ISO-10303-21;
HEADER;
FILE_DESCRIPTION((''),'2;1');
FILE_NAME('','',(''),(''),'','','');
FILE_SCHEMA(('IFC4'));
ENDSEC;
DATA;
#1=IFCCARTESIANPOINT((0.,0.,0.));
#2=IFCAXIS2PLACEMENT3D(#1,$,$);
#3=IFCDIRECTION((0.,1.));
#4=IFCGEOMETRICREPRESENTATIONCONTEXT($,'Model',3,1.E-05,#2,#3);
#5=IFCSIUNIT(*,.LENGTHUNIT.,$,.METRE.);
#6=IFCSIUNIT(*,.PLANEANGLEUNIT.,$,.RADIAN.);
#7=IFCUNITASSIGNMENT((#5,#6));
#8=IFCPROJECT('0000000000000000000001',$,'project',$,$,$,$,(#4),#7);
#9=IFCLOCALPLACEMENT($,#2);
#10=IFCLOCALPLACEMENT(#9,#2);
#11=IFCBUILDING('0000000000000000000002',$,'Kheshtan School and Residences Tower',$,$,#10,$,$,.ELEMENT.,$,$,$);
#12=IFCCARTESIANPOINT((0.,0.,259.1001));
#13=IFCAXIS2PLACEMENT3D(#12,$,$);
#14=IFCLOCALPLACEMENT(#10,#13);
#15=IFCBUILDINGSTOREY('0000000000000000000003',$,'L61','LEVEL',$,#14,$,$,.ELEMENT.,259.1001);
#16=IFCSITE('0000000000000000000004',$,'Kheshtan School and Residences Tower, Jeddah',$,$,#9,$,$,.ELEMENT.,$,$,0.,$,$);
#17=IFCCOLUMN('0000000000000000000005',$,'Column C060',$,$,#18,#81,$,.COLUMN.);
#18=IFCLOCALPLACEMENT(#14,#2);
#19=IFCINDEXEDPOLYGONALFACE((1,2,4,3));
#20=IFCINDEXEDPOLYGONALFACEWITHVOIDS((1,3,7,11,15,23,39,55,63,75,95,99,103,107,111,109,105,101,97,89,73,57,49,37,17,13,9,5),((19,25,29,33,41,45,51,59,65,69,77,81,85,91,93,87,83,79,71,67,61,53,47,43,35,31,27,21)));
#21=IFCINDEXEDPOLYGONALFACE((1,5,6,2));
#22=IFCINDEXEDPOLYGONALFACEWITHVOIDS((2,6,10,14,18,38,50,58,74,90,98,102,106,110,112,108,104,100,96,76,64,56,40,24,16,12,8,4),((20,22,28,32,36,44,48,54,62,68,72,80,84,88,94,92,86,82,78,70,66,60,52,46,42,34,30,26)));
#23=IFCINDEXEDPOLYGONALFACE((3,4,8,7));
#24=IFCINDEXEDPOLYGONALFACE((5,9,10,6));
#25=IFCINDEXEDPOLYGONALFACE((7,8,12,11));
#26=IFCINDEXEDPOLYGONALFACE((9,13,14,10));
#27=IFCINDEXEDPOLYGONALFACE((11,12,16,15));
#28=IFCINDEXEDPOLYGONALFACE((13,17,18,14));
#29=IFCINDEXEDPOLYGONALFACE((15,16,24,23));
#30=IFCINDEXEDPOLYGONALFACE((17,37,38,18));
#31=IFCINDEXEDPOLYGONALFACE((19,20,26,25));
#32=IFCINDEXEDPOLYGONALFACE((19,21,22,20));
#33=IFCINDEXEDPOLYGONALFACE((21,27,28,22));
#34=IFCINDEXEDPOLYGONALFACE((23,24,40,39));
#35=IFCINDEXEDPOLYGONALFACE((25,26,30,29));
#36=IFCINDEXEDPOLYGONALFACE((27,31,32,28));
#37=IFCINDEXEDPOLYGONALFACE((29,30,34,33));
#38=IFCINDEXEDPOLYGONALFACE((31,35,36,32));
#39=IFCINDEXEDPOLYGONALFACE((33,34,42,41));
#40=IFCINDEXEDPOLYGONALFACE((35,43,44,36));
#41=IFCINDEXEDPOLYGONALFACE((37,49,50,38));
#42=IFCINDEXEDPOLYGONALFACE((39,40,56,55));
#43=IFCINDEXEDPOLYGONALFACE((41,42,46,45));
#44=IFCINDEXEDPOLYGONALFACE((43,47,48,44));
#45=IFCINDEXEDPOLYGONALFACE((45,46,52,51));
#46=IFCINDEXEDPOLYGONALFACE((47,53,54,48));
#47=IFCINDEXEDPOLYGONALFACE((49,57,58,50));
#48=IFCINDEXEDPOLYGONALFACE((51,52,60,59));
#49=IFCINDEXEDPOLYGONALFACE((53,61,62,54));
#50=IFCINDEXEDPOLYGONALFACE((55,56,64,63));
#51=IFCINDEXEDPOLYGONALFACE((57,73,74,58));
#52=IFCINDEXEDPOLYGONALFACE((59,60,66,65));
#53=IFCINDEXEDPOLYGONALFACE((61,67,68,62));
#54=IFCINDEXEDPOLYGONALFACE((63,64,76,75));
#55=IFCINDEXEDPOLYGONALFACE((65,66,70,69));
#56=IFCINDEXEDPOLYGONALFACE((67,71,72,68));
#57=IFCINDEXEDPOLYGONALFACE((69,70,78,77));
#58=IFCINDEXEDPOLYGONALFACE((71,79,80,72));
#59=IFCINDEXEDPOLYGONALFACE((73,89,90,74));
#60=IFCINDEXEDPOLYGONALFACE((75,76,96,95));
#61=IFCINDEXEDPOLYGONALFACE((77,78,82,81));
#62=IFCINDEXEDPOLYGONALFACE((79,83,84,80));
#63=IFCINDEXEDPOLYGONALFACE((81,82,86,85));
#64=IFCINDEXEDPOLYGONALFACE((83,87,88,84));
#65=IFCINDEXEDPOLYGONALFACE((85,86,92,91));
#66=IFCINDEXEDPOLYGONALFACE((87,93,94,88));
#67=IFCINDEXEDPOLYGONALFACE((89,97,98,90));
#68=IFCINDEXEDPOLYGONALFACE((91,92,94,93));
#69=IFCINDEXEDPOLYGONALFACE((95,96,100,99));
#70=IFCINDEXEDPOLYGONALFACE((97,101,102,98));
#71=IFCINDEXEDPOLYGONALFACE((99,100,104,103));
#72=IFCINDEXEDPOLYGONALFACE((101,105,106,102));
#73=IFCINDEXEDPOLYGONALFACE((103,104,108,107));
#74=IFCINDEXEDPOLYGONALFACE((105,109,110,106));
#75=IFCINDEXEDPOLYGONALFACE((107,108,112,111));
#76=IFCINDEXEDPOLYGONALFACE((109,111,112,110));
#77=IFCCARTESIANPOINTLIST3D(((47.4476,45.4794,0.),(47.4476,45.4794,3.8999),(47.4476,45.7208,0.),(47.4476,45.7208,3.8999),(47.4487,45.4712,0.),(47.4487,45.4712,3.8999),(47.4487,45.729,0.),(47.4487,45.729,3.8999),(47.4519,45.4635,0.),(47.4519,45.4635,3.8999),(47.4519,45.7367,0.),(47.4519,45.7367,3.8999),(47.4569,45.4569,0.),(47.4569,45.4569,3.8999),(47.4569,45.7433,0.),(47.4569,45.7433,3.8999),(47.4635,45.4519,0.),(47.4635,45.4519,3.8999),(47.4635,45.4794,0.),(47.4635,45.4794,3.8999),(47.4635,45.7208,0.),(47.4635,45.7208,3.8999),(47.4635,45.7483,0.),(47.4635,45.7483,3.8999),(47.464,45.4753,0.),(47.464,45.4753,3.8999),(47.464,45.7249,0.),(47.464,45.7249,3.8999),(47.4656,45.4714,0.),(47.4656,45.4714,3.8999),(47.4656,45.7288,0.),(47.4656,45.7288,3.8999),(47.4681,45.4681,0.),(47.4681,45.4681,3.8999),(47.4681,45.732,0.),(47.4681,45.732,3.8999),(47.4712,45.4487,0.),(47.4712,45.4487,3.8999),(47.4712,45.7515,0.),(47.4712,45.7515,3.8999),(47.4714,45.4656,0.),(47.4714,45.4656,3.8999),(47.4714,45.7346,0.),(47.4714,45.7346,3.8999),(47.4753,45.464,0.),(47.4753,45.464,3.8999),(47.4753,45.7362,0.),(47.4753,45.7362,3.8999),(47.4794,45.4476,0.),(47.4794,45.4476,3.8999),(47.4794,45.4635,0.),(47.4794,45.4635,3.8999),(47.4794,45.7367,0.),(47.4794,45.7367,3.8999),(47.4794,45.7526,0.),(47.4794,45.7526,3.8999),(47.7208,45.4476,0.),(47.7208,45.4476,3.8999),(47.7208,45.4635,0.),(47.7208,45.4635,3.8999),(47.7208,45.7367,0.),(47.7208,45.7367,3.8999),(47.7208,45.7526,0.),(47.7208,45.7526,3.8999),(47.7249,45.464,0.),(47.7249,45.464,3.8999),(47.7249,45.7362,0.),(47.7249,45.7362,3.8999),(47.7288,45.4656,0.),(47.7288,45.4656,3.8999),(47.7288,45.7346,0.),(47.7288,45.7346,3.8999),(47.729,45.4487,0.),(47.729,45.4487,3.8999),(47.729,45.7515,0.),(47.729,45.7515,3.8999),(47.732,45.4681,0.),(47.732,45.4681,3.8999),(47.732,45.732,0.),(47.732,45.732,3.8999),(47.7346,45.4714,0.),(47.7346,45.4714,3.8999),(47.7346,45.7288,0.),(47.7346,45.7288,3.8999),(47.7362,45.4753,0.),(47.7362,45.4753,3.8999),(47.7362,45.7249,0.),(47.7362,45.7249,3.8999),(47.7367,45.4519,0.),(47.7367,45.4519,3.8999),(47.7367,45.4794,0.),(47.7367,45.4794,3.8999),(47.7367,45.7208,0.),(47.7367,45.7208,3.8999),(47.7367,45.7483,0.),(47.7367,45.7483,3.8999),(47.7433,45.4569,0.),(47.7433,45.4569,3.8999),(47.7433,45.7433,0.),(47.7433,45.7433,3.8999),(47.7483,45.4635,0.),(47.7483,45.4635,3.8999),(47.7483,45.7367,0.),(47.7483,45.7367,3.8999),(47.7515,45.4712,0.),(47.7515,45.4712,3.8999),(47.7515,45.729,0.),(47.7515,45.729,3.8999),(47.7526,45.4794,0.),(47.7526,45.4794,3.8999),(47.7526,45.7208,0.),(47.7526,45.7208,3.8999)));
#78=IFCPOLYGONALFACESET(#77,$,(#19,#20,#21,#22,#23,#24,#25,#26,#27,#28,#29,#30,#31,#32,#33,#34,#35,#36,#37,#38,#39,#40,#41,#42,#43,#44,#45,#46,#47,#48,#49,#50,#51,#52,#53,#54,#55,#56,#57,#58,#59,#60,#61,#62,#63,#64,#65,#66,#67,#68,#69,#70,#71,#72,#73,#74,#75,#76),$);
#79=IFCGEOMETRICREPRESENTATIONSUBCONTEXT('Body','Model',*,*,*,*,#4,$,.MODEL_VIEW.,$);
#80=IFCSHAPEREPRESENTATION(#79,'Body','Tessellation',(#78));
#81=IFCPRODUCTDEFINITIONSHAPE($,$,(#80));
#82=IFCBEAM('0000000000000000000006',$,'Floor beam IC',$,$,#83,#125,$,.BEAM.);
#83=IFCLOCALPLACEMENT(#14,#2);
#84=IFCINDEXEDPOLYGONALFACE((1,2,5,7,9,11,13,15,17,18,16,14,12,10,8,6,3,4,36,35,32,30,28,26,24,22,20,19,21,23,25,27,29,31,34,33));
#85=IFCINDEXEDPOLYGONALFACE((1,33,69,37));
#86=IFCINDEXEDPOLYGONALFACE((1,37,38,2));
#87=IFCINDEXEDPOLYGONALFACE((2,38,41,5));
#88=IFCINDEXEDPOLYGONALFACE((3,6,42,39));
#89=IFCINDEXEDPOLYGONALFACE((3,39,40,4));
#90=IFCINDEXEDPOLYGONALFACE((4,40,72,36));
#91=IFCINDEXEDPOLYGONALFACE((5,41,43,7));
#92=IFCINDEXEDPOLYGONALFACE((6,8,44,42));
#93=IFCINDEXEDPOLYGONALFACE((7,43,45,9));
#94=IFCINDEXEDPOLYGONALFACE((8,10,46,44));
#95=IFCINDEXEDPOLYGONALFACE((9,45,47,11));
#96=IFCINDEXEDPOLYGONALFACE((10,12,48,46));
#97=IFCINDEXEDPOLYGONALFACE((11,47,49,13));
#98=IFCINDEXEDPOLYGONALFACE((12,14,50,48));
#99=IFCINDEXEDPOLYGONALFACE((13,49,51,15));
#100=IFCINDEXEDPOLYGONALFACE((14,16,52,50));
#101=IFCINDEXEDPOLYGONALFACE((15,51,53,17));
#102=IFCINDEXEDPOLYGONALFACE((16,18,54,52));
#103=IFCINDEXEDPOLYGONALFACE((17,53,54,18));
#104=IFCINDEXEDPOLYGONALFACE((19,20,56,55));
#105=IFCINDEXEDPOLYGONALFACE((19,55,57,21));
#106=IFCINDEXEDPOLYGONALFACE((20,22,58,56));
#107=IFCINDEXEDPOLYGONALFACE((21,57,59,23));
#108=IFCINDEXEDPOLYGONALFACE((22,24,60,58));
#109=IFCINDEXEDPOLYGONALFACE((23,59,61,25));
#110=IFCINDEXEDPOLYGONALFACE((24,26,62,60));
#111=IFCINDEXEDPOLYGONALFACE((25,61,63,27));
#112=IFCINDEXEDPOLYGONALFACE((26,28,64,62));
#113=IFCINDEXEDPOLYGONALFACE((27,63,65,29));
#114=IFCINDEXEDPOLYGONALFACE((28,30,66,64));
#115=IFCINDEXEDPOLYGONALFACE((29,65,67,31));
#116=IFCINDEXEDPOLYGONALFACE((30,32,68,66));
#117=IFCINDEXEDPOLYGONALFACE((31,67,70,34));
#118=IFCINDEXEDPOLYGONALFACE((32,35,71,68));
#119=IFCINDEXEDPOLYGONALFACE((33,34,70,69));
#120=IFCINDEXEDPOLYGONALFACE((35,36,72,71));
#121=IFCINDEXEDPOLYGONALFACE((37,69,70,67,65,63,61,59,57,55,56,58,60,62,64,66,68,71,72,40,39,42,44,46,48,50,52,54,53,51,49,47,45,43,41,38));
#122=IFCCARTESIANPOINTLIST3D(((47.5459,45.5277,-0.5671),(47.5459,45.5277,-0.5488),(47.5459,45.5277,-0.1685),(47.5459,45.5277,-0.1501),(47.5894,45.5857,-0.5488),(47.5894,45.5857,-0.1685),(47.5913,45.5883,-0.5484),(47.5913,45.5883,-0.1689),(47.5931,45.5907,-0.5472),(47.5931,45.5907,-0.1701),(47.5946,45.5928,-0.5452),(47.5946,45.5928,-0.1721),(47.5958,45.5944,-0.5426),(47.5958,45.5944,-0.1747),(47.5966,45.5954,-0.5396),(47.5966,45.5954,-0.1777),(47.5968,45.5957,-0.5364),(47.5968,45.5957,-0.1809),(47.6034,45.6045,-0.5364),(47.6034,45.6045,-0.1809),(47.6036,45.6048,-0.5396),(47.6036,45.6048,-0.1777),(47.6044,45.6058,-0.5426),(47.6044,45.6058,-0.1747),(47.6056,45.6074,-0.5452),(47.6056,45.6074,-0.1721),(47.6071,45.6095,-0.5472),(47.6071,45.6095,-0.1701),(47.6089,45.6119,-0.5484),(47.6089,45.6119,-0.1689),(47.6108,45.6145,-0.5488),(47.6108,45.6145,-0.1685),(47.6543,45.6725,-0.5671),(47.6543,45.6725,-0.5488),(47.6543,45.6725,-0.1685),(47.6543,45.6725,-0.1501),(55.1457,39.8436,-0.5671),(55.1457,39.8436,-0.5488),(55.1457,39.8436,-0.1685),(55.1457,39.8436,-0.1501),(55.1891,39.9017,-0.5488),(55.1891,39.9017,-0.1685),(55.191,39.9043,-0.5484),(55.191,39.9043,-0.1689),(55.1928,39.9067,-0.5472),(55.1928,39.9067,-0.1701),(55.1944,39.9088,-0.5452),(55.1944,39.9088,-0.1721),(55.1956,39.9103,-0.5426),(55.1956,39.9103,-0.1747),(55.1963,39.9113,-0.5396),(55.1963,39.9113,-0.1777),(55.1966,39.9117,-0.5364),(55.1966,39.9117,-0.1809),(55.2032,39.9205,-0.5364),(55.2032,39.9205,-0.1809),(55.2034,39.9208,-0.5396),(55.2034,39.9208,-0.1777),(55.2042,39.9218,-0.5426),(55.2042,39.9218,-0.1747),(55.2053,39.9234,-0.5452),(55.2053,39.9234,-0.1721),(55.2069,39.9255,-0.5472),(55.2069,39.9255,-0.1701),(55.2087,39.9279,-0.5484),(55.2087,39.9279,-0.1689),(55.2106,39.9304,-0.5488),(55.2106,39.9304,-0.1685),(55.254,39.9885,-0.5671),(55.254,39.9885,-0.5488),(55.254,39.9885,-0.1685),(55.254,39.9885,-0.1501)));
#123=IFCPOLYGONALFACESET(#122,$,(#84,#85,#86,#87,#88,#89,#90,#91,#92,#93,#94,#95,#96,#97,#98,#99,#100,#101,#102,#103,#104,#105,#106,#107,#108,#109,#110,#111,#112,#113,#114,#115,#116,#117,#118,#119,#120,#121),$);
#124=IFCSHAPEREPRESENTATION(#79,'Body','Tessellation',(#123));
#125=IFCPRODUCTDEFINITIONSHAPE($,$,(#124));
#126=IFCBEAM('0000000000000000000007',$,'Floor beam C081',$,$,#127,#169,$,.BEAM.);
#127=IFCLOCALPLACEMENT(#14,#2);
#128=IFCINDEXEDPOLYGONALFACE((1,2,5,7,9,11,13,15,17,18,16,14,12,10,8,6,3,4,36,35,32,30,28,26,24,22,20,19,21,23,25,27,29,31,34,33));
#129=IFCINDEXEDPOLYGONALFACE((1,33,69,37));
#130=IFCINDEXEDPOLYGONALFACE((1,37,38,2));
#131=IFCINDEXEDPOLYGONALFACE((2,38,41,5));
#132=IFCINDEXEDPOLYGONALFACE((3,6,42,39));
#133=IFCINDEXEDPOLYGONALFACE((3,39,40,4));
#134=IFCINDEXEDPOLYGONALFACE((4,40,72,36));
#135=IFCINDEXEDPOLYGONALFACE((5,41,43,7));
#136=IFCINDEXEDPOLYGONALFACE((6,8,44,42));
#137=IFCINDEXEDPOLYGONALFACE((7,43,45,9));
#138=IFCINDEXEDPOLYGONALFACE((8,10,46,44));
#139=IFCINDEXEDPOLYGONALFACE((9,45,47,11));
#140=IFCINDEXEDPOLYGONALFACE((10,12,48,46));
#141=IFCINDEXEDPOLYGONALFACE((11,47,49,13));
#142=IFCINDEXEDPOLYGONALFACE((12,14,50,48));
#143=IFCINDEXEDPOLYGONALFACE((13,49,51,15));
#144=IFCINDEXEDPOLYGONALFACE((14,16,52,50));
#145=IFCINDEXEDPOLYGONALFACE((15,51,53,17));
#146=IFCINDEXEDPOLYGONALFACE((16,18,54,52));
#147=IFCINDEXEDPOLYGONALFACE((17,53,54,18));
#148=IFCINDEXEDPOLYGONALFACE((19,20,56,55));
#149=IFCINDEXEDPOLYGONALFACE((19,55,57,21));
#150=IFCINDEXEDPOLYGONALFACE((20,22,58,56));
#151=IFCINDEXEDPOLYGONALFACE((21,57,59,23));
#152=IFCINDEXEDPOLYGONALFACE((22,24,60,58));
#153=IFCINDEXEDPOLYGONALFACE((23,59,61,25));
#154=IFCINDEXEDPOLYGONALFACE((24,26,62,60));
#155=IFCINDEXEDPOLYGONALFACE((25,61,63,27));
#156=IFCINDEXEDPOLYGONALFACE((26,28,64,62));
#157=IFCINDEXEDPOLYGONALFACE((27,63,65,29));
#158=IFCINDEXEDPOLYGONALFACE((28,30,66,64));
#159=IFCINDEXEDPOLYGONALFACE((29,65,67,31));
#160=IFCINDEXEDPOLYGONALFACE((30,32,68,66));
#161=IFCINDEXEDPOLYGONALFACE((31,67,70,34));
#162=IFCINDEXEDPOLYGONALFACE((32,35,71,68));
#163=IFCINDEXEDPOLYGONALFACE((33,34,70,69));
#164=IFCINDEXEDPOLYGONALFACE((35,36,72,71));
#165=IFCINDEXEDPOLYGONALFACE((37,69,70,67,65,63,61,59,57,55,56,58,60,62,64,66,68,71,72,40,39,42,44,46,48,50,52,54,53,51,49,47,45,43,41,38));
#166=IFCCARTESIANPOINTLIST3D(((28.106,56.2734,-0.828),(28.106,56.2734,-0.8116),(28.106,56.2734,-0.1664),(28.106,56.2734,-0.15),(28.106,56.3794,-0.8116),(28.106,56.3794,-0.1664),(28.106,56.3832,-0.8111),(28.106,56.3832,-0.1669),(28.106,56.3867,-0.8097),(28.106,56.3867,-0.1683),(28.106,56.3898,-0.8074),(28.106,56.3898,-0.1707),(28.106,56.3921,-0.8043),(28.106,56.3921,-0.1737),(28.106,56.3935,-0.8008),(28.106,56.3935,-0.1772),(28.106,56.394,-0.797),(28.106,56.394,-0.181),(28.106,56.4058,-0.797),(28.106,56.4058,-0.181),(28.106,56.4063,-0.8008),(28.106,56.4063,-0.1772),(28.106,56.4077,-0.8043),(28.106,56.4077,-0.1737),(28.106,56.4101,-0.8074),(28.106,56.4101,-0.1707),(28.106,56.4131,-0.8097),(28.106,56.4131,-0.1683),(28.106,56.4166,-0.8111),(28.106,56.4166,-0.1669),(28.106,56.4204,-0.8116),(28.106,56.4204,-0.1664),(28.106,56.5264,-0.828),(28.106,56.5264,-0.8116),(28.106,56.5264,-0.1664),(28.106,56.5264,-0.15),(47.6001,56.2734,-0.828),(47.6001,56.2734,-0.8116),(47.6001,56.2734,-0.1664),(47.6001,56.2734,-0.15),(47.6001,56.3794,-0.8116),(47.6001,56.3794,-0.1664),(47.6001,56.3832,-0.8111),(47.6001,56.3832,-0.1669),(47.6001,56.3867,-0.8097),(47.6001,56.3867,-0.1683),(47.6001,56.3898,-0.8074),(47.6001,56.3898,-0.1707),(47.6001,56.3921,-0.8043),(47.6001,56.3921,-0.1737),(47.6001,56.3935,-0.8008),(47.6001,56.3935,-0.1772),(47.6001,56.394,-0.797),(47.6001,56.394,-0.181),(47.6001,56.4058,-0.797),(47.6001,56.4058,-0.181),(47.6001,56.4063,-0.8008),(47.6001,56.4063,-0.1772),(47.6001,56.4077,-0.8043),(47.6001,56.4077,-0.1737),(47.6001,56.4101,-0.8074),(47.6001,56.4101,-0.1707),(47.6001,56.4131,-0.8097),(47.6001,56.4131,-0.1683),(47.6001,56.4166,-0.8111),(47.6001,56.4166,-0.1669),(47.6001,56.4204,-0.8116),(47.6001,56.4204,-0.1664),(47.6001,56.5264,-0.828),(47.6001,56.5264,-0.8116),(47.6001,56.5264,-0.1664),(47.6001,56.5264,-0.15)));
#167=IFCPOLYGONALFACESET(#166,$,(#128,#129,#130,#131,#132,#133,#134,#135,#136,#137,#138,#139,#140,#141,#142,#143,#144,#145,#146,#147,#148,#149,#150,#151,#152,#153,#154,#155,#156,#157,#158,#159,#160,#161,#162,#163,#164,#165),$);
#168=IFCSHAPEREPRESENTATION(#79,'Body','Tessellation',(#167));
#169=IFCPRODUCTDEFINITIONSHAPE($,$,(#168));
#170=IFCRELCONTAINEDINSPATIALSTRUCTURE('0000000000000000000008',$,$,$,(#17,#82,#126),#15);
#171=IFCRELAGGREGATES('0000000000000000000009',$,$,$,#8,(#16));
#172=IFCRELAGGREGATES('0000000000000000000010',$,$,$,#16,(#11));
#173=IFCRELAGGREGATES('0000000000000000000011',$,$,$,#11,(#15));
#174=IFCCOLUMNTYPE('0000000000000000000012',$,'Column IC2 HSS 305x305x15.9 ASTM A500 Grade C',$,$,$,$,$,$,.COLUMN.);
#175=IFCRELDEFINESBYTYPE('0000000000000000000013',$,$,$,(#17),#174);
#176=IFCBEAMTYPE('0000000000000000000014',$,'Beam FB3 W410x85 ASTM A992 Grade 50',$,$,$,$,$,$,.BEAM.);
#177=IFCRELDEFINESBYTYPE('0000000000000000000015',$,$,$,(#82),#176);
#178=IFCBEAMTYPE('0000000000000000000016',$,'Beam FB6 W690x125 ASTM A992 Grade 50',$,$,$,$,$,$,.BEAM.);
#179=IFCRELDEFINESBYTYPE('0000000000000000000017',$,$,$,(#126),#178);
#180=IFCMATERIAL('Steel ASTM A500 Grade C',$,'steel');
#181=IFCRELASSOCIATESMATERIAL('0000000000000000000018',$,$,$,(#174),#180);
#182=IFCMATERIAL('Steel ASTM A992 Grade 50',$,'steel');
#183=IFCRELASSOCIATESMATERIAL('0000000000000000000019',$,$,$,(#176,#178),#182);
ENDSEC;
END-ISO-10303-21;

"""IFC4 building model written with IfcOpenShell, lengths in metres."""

from ifc_helpers import new_model, si_unit, direction, frame, origin, origin_2d, place, context, subcontext, project, spatial, hollow_rectangle, i_section, extrude, material, material_profile, profile_set, type_object, element, save


model = new_model("IFC4")

# Units and contexts
model_context = context("Model", 3, precision=1e-05, world=origin(), true_north=direction((0.0, 1.0)))
body_context = subcontext(model_context, "Body", "Model", "MODEL_VIEW")
ifc_project = project(units=[si_unit("LENGTHUNIT", "METRE"), si_unit("PLANEANGLEUNIT", "RADIAN")], contexts=[model_context])

# Site, building, storey
site_placement = place(None, origin())
site = spatial("IfcSite", under=ifc_project, at=site_placement, Name="Kheshtan School and Residences Tower, Jeddah", CompositionType="ELEMENT", RefElevation=0.0)
building_placement = place(site_placement, origin())
building = spatial("IfcBuilding", under=site, at=building_placement, Name="Kheshtan School and Residences Tower", CompositionType="ELEMENT")
storey_placement = place(building_placement, frame((0.0, 0.0, 259.1001)))
storey = spatial("IfcBuildingStorey", under=building, at=storey_placement, Name="L61", Description="LEVEL", CompositionType="ELEMENT", Elevation=259.1001)

# Column
ifc_material_1 = material(Name="Steel ASTM A992 Grade 50", Category="steel")
ifc_material_2 = material(Name="Steel ASTM A500 Grade C", Category="steel")
ifc_material_profile_1 = material_profile(ifc_material_2, hollow_rectangle(XDim=0.3049, YDim=0.3049, WallThickness=0.0159, InnerFilletRadius=0.0159, OuterFilletRadius=0.0317, at=origin_2d()), Name="HSS 305x305x15.9")
ifc_profile_set_1 = profile_set([ifc_material_profile_1], Name="Steel ASTM A500 Grade C")
column_type_1 = type_object("IfcColumnType", Name="Column IC2 HSS 305x305x15.9 ASTM A500 Grade C", PredefinedType="COLUMN", material=ifc_profile_set_1)
column_placement = place(storey_placement, frame((47.6001, 45.6001, 0.0), z_axis=(0.0, 0.0, 1.0), x_axis=(1.0, 0.0, 0.0)))
element("IfcColumn", 1, at=column_placement, inside=storey, type_object=column_type_1, Name="Column C060", PredefinedType="COLUMN", context=body_context, shape_type="SweptSolid", body=[
    extrude(hollow_rectangle(XDim=0.3049, YDim=0.3049, WallThickness=0.0159, InnerFilletRadius=0.0159, OuterFilletRadius=0.0317, at=origin_2d()), origin(), (0.0, 0.0, 1.0), 3.8999),
])

# Beams
ifc_material_profile_2 = material_profile(ifc_material_1, i_section(OverallWidth=0.1809, OverallDepth=0.417, WebThickness=0.011, FlangeThickness=0.0183, FilletRadius=0.0125, at=origin_2d()), Name="W410x85")
ifc_profile_set_2 = profile_set([ifc_material_profile_2], Name="Steel ASTM A992 Grade 50")
beam_type_1 = type_object("IfcBeamType", Name="Beam FB3 W410x85 ASTM A992 Grade 50", PredefinedType="BEAM", material=ifc_profile_set_2)
beam_1_placement = place(storey_placement, frame((47.6001, 45.6001, -0.3586), z_axis=(0.800799, -0.598933, 0.0), x_axis=(0.598933, 0.800799, 0.0)))
element("IfcBeam", 2, at=beam_1_placement, inside=storey, type_object=beam_type_1, Name="Floor beam IC", PredefinedType="BEAM", context=body_context, shape_type="SweptSolid", body=[
    extrude(i_section(OverallWidth=0.1809, OverallDepth=0.417, WebThickness=0.011, FlangeThickness=0.0183, FilletRadius=0.0125, at=origin_2d()), origin(), (0.0, 0.0, 1.0), 9.4902),
])
ifc_material_profile_3 = material_profile(ifc_material_1, i_section(OverallWidth=0.2529, OverallDepth=0.678, WebThickness=0.0117, FlangeThickness=0.0164, FilletRadius=0.0146, at=origin_2d()), Name="W690x125")
ifc_profile_set_3 = profile_set([ifc_material_profile_3], Name="Steel ASTM A992 Grade 50")
beam_type_2 = type_object("IfcBeamType", Name="Beam FB6 W690x125 ASTM A992 Grade 50", PredefinedType="BEAM", material=ifc_profile_set_3)
beam_2_placement = place(storey_placement, frame((47.6001, 56.3999, -0.489), z_axis=(-1.0, 0.0, 0.0), x_axis=(0.0, -1.0, 0.0)))
element("IfcBeam", 3, at=beam_2_placement, inside=storey, type_object=beam_type_2, Name="Floor beam C081", PredefinedType="BEAM", context=body_context, shape_type="SweptSolid", body=[
    extrude(i_section(OverallWidth=0.2529, OverallDepth=0.678, WebThickness=0.0117, FlangeThickness=0.0164, FilletRadius=0.0146, at=origin_2d()), origin(), (0.0, 0.0, 1.0), 19.4941),
])

save(model, "model.ifc")
